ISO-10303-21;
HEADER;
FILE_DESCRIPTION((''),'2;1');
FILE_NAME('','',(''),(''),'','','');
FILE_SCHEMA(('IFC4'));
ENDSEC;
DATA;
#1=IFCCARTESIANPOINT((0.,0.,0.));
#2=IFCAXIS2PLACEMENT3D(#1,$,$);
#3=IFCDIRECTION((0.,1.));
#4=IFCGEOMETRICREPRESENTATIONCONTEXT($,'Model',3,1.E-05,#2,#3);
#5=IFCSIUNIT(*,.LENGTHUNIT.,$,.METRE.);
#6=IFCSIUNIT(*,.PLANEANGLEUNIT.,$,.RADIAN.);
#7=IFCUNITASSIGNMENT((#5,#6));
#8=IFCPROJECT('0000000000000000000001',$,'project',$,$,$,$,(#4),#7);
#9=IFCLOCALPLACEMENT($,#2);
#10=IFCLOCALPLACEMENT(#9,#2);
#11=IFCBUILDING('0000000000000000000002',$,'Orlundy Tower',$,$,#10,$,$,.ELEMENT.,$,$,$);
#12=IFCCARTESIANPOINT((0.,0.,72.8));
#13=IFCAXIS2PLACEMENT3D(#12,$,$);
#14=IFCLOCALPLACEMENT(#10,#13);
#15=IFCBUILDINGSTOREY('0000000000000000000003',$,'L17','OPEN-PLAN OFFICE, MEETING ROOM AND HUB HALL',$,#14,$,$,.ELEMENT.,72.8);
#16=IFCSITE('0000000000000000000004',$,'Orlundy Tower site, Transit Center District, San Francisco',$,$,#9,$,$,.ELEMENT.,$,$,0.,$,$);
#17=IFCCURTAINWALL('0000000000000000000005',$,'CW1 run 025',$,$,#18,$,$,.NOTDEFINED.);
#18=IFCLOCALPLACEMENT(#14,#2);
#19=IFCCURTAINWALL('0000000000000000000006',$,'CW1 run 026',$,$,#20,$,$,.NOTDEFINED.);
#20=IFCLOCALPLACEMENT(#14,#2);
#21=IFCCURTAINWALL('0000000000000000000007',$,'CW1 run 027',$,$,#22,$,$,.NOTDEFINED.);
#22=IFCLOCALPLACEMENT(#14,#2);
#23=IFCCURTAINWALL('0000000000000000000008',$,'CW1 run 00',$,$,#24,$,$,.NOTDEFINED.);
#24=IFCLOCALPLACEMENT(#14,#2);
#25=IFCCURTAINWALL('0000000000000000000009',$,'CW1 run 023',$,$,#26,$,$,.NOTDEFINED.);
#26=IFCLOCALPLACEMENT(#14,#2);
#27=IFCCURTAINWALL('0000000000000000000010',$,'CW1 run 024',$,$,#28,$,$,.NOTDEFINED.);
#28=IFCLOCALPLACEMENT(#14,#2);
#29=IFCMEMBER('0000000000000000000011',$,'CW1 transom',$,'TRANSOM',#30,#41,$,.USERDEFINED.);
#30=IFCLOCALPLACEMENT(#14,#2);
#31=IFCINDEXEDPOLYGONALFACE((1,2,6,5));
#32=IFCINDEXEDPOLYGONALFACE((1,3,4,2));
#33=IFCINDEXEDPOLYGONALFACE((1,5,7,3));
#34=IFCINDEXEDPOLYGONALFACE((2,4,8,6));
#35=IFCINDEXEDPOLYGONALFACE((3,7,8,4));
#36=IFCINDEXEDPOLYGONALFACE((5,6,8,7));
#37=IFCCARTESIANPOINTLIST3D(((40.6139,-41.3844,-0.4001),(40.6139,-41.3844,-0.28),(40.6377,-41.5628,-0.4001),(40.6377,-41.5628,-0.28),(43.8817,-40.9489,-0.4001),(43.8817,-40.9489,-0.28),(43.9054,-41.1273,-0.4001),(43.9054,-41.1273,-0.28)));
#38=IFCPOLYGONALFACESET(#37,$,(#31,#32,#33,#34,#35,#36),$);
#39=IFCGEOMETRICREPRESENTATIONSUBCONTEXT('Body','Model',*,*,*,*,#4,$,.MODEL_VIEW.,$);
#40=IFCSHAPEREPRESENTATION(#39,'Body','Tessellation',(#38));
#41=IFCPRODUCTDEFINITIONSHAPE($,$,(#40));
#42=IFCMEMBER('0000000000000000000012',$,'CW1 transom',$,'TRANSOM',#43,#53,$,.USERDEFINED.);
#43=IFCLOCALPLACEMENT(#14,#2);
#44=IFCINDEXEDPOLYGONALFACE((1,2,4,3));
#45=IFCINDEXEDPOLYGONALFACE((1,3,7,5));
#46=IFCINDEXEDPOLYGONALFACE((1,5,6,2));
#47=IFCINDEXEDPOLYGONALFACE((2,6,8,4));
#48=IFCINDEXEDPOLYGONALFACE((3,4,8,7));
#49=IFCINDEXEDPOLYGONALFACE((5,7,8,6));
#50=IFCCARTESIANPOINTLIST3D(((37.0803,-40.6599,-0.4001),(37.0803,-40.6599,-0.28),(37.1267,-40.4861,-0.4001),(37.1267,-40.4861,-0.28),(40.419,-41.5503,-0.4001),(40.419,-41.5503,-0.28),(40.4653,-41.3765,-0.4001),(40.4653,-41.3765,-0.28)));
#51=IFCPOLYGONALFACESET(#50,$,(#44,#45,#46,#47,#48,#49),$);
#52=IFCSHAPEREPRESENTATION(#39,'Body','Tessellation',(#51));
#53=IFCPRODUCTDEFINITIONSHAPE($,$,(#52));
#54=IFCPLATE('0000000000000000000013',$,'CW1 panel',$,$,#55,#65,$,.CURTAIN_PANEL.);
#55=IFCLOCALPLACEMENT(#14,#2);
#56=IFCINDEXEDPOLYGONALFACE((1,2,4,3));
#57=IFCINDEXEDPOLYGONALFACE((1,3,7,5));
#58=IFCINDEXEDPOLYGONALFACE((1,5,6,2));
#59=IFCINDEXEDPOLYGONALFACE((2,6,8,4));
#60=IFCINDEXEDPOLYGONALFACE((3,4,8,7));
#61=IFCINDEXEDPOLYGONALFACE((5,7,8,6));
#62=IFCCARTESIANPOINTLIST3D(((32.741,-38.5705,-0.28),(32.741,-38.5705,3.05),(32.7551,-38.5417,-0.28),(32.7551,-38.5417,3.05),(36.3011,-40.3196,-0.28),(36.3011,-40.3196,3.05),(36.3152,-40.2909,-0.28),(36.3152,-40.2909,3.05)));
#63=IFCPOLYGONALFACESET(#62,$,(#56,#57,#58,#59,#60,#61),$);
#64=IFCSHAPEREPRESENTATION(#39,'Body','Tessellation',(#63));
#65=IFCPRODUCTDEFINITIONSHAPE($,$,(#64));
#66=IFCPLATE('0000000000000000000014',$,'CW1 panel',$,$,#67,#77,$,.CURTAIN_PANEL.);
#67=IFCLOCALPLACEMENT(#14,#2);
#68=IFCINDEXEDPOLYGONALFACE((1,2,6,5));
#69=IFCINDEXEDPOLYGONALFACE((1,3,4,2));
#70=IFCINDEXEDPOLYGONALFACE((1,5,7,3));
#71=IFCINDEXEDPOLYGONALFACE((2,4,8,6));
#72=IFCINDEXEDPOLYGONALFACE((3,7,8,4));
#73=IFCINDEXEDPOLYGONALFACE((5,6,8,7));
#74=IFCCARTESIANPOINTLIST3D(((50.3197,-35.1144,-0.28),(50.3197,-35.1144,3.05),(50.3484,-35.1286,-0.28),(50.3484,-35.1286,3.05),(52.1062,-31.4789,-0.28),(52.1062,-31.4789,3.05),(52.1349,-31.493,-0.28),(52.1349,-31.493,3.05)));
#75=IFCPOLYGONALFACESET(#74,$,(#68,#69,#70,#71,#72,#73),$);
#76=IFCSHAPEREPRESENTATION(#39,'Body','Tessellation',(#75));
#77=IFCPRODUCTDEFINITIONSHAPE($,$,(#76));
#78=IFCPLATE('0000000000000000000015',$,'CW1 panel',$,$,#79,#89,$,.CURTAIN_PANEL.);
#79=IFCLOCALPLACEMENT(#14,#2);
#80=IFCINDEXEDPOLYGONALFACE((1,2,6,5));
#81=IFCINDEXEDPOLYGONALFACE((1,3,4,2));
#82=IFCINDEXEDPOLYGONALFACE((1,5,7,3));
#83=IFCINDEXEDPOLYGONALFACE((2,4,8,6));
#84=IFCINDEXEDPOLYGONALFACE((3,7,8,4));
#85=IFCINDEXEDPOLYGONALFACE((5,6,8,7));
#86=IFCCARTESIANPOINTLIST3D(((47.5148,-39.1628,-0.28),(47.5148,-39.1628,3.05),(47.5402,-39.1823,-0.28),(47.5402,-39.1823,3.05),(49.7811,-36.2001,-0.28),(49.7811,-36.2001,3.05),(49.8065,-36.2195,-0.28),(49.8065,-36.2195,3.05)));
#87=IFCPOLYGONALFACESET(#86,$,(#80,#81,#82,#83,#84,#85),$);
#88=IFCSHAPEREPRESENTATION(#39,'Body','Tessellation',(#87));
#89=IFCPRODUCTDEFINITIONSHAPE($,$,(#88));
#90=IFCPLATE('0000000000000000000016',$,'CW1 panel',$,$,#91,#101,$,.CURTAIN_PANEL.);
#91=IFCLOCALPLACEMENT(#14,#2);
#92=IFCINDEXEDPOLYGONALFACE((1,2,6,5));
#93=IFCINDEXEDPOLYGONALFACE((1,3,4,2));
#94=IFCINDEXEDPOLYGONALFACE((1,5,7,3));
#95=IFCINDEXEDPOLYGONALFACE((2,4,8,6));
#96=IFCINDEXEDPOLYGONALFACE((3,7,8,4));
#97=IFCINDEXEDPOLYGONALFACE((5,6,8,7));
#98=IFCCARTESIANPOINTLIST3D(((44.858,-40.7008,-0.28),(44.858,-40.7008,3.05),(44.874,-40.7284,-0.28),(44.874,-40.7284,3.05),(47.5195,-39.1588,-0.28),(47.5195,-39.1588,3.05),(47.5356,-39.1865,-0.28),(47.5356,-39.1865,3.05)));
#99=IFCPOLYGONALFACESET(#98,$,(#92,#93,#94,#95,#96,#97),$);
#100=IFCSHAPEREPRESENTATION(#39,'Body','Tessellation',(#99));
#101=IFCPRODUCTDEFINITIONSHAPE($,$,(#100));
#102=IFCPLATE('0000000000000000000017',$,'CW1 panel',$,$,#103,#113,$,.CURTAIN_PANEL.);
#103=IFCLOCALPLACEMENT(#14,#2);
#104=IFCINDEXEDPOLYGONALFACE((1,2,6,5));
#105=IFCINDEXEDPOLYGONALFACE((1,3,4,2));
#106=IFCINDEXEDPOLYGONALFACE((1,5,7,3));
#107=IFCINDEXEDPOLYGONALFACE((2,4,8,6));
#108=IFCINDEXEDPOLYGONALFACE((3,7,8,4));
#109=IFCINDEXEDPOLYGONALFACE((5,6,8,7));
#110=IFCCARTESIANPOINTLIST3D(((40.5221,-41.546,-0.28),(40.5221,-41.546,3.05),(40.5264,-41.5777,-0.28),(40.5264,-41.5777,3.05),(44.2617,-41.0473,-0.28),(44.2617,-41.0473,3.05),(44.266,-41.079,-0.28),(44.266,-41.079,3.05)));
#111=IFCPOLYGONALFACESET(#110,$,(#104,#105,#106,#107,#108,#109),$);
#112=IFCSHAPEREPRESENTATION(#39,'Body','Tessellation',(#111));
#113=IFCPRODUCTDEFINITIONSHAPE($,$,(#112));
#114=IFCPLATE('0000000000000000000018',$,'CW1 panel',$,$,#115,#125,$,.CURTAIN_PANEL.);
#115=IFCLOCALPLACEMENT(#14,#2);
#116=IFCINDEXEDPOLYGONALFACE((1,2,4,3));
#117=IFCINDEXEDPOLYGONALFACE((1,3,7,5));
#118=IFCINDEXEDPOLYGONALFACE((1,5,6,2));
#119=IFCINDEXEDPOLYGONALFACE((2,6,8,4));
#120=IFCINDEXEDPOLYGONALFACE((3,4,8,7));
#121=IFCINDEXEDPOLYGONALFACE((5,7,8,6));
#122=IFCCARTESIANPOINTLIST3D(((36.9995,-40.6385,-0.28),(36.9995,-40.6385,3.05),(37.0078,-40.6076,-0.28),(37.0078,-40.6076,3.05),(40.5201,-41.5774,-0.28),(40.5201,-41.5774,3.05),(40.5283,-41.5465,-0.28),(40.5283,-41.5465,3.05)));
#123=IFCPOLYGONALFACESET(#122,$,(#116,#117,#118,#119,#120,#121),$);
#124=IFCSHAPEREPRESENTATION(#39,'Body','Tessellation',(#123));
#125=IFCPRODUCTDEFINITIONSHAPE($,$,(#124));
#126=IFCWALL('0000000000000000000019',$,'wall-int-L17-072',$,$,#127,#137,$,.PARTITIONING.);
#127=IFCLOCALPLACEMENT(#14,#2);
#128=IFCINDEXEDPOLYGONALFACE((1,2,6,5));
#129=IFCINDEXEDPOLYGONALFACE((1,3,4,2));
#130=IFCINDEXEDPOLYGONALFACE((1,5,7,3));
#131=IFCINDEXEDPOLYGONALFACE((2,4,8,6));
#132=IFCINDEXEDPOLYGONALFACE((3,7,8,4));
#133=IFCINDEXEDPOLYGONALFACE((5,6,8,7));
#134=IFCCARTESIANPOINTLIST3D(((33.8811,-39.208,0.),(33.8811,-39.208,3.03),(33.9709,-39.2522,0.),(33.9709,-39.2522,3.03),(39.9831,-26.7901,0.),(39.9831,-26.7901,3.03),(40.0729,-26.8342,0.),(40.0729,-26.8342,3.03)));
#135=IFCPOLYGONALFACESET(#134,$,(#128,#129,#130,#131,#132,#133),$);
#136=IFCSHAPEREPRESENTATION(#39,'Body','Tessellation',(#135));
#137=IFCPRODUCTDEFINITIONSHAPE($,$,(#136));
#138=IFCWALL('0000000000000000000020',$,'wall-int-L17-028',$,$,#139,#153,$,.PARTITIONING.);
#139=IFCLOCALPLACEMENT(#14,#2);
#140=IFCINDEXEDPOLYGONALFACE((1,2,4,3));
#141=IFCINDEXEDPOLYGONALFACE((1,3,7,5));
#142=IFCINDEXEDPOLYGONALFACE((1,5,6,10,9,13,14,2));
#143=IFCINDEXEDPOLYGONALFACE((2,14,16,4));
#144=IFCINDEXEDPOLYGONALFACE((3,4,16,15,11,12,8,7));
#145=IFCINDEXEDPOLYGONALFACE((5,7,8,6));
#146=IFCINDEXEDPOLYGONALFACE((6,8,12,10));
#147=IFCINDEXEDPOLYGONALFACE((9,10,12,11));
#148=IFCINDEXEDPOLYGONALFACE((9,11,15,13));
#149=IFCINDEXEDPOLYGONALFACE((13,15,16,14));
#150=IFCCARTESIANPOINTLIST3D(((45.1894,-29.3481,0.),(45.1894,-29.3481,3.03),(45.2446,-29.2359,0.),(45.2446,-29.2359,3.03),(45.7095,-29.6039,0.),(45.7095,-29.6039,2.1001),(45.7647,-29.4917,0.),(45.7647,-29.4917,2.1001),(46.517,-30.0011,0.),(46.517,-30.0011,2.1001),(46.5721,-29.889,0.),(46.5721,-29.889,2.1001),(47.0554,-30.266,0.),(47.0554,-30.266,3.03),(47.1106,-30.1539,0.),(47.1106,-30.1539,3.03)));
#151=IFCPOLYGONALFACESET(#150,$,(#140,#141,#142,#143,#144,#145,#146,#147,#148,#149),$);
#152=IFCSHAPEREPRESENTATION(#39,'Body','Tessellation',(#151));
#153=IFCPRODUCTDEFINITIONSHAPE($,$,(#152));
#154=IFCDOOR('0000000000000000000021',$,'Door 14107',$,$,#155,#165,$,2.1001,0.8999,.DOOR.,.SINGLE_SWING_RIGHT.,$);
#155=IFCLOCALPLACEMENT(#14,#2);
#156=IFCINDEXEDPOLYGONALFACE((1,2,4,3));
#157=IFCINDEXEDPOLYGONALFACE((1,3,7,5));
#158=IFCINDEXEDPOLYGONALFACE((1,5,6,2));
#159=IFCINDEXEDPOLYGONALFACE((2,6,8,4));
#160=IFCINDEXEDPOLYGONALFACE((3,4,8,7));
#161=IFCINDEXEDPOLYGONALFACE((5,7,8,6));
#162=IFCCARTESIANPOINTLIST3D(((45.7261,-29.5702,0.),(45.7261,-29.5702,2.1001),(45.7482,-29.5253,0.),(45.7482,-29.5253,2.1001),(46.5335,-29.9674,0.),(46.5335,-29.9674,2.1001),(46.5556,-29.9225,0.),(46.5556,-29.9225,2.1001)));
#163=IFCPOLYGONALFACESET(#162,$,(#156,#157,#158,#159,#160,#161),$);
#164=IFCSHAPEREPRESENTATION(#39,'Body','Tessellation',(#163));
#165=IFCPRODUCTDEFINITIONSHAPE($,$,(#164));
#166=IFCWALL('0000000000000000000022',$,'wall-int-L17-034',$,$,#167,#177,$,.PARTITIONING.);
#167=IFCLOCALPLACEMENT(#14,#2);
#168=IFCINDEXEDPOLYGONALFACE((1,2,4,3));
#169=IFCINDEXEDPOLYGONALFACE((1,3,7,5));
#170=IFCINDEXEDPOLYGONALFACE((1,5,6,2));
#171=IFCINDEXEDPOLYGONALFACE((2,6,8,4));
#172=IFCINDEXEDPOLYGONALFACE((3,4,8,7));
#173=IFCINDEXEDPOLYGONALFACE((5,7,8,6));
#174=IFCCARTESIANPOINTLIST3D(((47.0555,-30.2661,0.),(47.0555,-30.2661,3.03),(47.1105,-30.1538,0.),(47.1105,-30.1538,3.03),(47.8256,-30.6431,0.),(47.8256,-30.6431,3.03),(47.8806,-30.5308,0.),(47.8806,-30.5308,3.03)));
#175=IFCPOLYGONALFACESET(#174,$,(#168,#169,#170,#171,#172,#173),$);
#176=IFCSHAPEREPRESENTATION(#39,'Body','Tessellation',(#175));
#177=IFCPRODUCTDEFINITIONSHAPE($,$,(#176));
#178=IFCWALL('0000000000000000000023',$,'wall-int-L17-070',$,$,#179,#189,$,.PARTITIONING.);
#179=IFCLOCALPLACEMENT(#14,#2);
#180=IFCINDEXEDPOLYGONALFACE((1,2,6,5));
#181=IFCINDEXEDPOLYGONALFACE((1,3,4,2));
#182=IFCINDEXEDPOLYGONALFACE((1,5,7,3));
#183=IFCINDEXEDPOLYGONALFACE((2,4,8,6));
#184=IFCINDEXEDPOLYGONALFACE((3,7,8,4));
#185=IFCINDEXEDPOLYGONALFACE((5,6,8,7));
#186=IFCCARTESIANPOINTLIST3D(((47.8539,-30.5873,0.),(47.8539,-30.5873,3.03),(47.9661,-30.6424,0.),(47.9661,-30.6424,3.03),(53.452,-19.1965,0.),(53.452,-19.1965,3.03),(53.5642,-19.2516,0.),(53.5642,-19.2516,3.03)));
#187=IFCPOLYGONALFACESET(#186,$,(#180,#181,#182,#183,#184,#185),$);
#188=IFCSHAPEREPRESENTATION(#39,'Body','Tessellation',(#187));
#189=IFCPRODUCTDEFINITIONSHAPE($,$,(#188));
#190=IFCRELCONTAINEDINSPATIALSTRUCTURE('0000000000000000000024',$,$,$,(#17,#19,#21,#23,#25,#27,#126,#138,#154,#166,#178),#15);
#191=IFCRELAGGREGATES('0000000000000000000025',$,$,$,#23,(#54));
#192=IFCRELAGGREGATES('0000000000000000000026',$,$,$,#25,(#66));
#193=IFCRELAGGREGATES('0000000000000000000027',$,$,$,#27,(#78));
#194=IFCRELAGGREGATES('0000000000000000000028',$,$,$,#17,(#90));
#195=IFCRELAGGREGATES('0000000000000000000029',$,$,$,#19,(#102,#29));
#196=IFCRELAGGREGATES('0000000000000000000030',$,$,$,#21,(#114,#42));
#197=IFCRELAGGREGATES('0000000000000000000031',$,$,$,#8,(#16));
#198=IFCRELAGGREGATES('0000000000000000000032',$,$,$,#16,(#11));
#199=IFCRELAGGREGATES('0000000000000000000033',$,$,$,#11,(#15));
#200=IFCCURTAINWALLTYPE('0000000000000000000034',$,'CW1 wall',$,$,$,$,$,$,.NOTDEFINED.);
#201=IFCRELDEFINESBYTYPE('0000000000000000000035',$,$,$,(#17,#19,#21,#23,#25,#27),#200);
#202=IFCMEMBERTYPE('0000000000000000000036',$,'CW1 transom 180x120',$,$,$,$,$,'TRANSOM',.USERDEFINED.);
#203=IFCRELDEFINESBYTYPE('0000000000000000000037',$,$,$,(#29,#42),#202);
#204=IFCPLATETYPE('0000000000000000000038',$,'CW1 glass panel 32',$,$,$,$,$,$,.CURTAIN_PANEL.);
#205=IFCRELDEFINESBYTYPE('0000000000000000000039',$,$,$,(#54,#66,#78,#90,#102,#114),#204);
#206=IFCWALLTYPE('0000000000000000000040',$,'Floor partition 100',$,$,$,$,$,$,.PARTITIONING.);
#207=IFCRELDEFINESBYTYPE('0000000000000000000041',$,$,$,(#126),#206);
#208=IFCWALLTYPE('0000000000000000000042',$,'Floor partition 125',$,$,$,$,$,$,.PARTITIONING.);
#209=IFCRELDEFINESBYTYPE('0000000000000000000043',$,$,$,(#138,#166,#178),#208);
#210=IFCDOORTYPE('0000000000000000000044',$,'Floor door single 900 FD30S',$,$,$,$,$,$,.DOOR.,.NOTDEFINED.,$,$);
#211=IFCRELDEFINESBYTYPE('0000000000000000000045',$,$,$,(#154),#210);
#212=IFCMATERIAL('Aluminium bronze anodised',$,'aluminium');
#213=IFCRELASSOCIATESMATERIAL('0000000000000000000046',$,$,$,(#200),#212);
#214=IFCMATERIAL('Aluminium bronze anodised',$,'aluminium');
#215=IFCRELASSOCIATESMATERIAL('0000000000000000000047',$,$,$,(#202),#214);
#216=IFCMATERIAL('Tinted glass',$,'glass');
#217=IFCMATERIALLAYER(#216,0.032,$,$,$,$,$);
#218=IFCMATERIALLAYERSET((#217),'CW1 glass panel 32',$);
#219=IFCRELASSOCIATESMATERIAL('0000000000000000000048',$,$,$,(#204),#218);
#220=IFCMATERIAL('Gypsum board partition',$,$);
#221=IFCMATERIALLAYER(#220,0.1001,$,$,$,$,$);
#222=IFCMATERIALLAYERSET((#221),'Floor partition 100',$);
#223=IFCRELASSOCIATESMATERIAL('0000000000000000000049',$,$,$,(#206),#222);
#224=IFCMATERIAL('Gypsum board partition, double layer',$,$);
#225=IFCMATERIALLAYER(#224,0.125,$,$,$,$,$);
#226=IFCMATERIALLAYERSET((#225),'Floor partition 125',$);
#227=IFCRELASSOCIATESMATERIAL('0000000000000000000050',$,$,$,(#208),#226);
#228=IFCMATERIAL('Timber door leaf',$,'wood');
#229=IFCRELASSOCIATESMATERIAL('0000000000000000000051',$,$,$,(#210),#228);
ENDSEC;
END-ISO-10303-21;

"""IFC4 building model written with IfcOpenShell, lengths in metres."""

from ifc_helpers import new_model, si_unit, direction, frame, frame_2d, origin, origin_2d, place, context, subcontext, project, spatial, rectangle, extrude, material, layer, layer_set, material_profile, profile_set, type_object, element, fill, aggregate, save


model = new_model("IFC4")

# Units and contexts
model_context = context("Model", 3, precision=1e-05, world=origin(), true_north=direction((0.0, 1.0)))
body_context = subcontext(model_context, "Body", "Model", "MODEL_VIEW")
ifc_project = project(units=[si_unit("LENGTHUNIT", "METRE"), si_unit("PLANEANGLEUNIT", "RADIAN")], contexts=[model_context])

# Site, building, storey
site_placement = place(None, origin())
site = spatial("IfcSite", under=ifc_project, at=site_placement, Name="Orlundy Tower site, Transit Center District, San Francisco", CompositionType="ELEMENT", RefElevation=0.0)
building_placement = place(site_placement, origin())
building = spatial("IfcBuilding", under=site, at=building_placement, Name="Orlundy Tower", CompositionType="ELEMENT")
storey_placement = place(building_placement, frame((0.0, 0.0, 72.8)))
storey = spatial("IfcBuildingStorey", under=building, at=storey_placement, Name="L17", Description="OPEN-PLAN OFFICE, MEETING ROOM AND HUB HALL", CompositionType="ELEMENT", Elevation=72.8)

# Curtain walls
ifc_material_1 = material(Name="Aluminium bronze anodised", Category="aluminium")
curtain_wall_type = type_object("IfcCurtainWallType", Name="CW1 wall", PredefinedType="NOTDEFINED", material=ifc_material_1)
curtain_wall_1_placement = place(storey_placement, origin())
curtain_wall_1 = element("IfcCurtainWall", 1, at=curtain_wall_1_placement, inside=storey, type_object=curtain_wall_type, Name="CW1 run 025", PredefinedType="NOTDEFINED")
curtain_wall_2_placement = place(storey_placement, origin())
curtain_wall_2 = element("IfcCurtainWall", 2, at=curtain_wall_2_placement, inside=storey, type_object=curtain_wall_type, Name="CW1 run 026", PredefinedType="NOTDEFINED")
curtain_wall_3_placement = place(storey_placement, origin())
curtain_wall_3 = element("IfcCurtainWall", 3, at=curtain_wall_3_placement, inside=storey, type_object=curtain_wall_type, Name="CW1 run 027", PredefinedType="NOTDEFINED")

# Curtain wall
curtain_wall_4_placement = place(storey_placement, origin())
curtain_wall_4 = element("IfcCurtainWall", 4, at=curtain_wall_4_placement, inside=storey, type_object=curtain_wall_type, Name="CW1 run 00", PredefinedType="NOTDEFINED")

# Curtain walls
curtain_wall_5_placement = place(storey_placement, origin())
curtain_wall_5 = element("IfcCurtainWall", 5, at=curtain_wall_5_placement, inside=storey, type_object=curtain_wall_type, Name="CW1 run 023", PredefinedType="NOTDEFINED")
curtain_wall_6_placement = place(storey_placement, origin())
curtain_wall_6 = element("IfcCurtainWall", 6, at=curtain_wall_6_placement, inside=storey, type_object=curtain_wall_type, Name="CW1 run 024", PredefinedType="NOTDEFINED")

# Members
ifc_material_2 = material(Name="Aluminium bronze anodised", Category="aluminium")
ifc_material_profile_1 = material_profile(ifc_material_2, rectangle(XDim=0.1799, YDim=0.1201, at=origin_2d()), Name="CW1 transom 180x120")
ifc_profile_set_1 = profile_set([ifc_material_profile_1], Name="Aluminium bronze anodised")
member_type_1 = type_object("IfcMemberType", Name="CW1 transom 180x120", ElementType="TRANSOM", PredefinedType="USERDEFINED", material=ifc_profile_set_1)
member_1_placement = place(storey_placement, frame((43.8936, -41.0381, -0.3401), z_axis=(-0.991234, -0.132115, 0.0), x_axis=(0.132115, -0.991234, 0.0)))
member_1 = element("IfcMember", 7, at=member_1_placement, type_object=member_type_1, Name="CW1 transom", ObjectType="TRANSOM", PredefinedType="USERDEFINED", context=body_context, shape_type="SweptSolid", body=[
    extrude(rectangle(XDim=0.1799, YDim=0.1201, at=origin_2d()), origin(), (0.0, 0.0, 1.0), 3.2966),
])
member_2_placement = place(storey_placement, frame((40.4421, -41.4634, -0.3401), z_axis=(-0.966229, 0.257685, 0.0), x_axis=(-0.257685, -0.966229, 0.0)))
member_2 = element("IfcMember", 8, at=member_2_placement, type_object=member_type_1, Name="CW1 transom", ObjectType="TRANSOM", PredefinedType="USERDEFINED", context=body_context, shape_type="SweptSolid", body=[
    extrude(rectangle(XDim=0.1799, YDim=0.1201, at=origin_2d()), origin(), (0.0, 0.0, 1.0), 3.4553),
])

# Plates
ifc_material_3 = material(Name="Tinted glass", Category="glass")
ifc_layer_1 = layer(ifc_material_3, 0.032)
ifc_layer_set_1 = layer_set([ifc_layer_1], Name="CW1 glass panel 32")
plate_type = type_object("IfcPlateType", Name="CW1 glass panel 32", PredefinedType="CURTAIN_PANEL", material=ifc_layer_set_1)
plate_1_placement = place(storey_placement, frame((34.5281, -39.4307, -0.28), z_axis=(0.0, 0.0, 1.0), x_axis=(-0.897522, 0.440969, 0.0)))
plate_1 = element("IfcPlate", 9, at=plate_1_placement, type_object=plate_type, Name="CW1 panel", PredefinedType="CURTAIN_PANEL", context=body_context, shape_type="SweptSolid", body=[
    extrude(rectangle(XDim=3.9666, YDim=0.032, at=origin_2d()), origin(), (0.0, 0.0, 1.0), 3.3301),
])
aggregate(curtain_wall_4, [plate_1])
plate_2_placement = place(storey_placement, frame((51.2273, -33.3037, -0.28), z_axis=(0.0, 0.0, 1.0), x_axis=(-0.441012, -0.897501, 0.0)))
plate_2 = element("IfcPlate", 10, at=plate_2_placement, type_object=plate_type, Name="CW1 panel", PredefinedType="CURTAIN_PANEL", context=body_context, shape_type="SweptSolid", body=[
    extrude(rectangle(XDim=4.0508, YDim=0.032, at=origin_2d()), origin(), (0.0, 0.0, 1.0), 3.3301),
])
aggregate(curtain_wall_5, [plate_2])
plate_3_placement = place(storey_placement, frame((48.6606, -37.6912, -0.28), z_axis=(0.0, 0.0, 1.0), x_axis=(-0.60757, -0.794266, 0.0)))
plate_3 = element("IfcPlate", 11, at=plate_3_placement, type_object=plate_type, Name="CW1 panel", PredefinedType="CURTAIN_PANEL", context=body_context, shape_type="SweptSolid", body=[
    extrude(rectangle(XDim=3.7302, YDim=0.032, at=origin_2d()), origin(), (0.0, 0.0, 1.0), 3.3301),
])
aggregate(curtain_wall_6, [plate_3])
plate_4_placement = place(storey_placement, frame((46.1968, -39.9436, -0.28), z_axis=(0.0, 0.0, 1.0), x_axis=(-0.865272, -0.501302, 0.0)))
plate_4 = element("IfcPlate", 12, at=plate_4_placement, type_object=plate_type, Name="CW1 panel", PredefinedType="CURTAIN_PANEL", context=body_context, shape_type="SweptSolid", body=[
    extrude(rectangle(XDim=3.0759, YDim=0.032, at=origin_2d()), origin(), (0.0, 0.0, 1.0), 3.3301),
])
aggregate(curtain_wall_1, [plate_4])
plate_5_placement = place(storey_placement, frame((42.394, -41.3125, -0.28), z_axis=(0.0, 0.0, 1.0), x_axis=(-0.991228, -0.132164, 0.0)))
plate_5 = element("IfcPlate", 13, at=plate_5_placement, type_object=plate_type, Name="CW1 panel", PredefinedType="CURTAIN_PANEL", context=body_context, shape_type="SweptSolid", body=[
    extrude(rectangle(XDim=3.7727, YDim=0.032, at=origin_2d()), origin(), (0.0, 0.0, 1.0), 3.3301),
])
aggregate(curtain_wall_2, [plate_5, member_1])
plate_6_placement = place(storey_placement, frame((38.7639, -41.0925, -0.28), z_axis=(0.0, 0.0, 1.0), x_axis=(-0.96623, 0.257679, 0.0)))
plate_6 = element("IfcPlate", 14, at=plate_6_placement, type_object=plate_type, Name="CW1 panel", PredefinedType="CURTAIN_PANEL", context=body_context, shape_type="SweptSolid", body=[
    extrude(rectangle(XDim=3.6436, YDim=0.032, at=origin_2d()), origin(), (0.0, 0.0, 1.0), 3.3301),
])
aggregate(curtain_wall_3, [plate_6, member_2])

# Wall
ifc_material_4 = material(Name="Gypsum board partition")
ifc_layer_2 = layer(ifc_material_4, 0.1001)
ifc_layer_set_2 = layer_set([ifc_layer_2], Name="Floor partition 100")
wall_type_1 = type_object("IfcWallType", Name="Floor partition 100", PredefinedType="PARTITIONING", material=ifc_layer_set_2)
wall_1_placement = place(storey_placement, frame((33.926, -39.23, 0.0), z_axis=(0.0, 0.0, 1.0), x_axis=(0.44102, 0.897497, 0.0)))
element("IfcWall", 15, at=wall_1_placement, inside=storey, type_object=wall_type_1, Name="wall-int-L17-072", PredefinedType="PARTITIONING", context=body_context, shape_type="SweptSolid", body=[
    extrude(rectangle(XDim=13.8362, YDim=0.1001, at=frame_2d((6.918, 0.0))), origin(), (0.0, 0.0, 1.0), 3.03),
])

# Wall, opening, door
ifc_material_5 = material(Name="Gypsum board partition, double layer")
ifc_layer_3 = layer(ifc_material_5, 0.125)
ifc_layer_set_3 = layer_set([ifc_layer_3], Name="Floor partition 125")
wall_type_2 = type_object("IfcWallType", Name="Floor partition 125", PredefinedType="PARTITIONING", material=ifc_layer_set_3)
wall_2_placement = place(storey_placement, frame((47.083, -30.21, 0.0), z_axis=(0.0, 0.0, 1.0), x_axis=(-0.897297, 0.441428, 0.0)))
wall_2 = element("IfcWall", 16, at=wall_2_placement, inside=storey, type_object=wall_type_2, Name="wall-int-L17-028", PredefinedType="PARTITIONING", context=body_context, shape_type="SweptSolid", body=[
    extrude(rectangle(XDim=2.0796, YDim=0.125, at=frame_2d((1.0398, 0.0))), origin(), (0.0, 0.0, 1.0), 3.03),
])
opening_placement = place(wall_2_placement, frame((0.6001, 0.0, 0.0)))
opening = element("IfcOpeningElement", 17, at=opening_placement, cuts=wall_2, PredefinedType="OPENING", context=body_context, shape_type="SweptSolid", body=[
    extrude(rectangle(XDim=0.8999, YDim=2.1001, at=frame_2d((0.45, 1.05))), frame((0.0, 0.0725, 0.0), z_axis=(0.0, -1.0, 0.0), x_axis=(1.0, 0.0, 0.0)), (0.0, 0.0, 1.0), 0.145),
])
ifc_material_6 = material(Name="Timber door leaf", Category="wood")
door_type = type_object("IfcDoorType", Name="Floor door single 900 FD30S", OperationType="NOTDEFINED", PredefinedType="DOOR", material=ifc_material_6)
door_placement = place(opening_placement, origin())
door = element("IfcDoor", 18, at=door_placement, inside=storey, type_object=door_type, Name="Door 14107", OperationType="SINGLE_SWING_RIGHT", OverallHeight=2.1001, OverallWidth=0.8999, PredefinedType="DOOR", context=body_context, shape_type="SweptSolid", body=[
    extrude(rectangle(XDim=0.8999, YDim=2.1001, at=frame_2d((0.45, 1.05))), frame((0.0, 0.0249, 0.0), z_axis=(0.0, -1.0, 0.0), x_axis=(1.0, 0.0, 0.0)), (0.0, 0.0, 1.0), 0.05),
])
fill(opening, door)

# Walls
wall_3_placement = place(storey_placement, frame((47.083, -30.21, 0.0), z_axis=(0.0, 0.0, 1.0), x_axis=(0.898155, -0.43968, 0.0)))
element("IfcWall", 19, at=wall_3_placement, inside=storey, type_object=wall_type_2, Name="wall-int-L17-034", PredefinedType="PARTITIONING", context=body_context, shape_type="SweptSolid", body=[
    extrude(rectangle(XDim=0.8574, YDim=0.125, at=frame_2d((0.4287, 0.0))), origin(), (0.0, 0.0, 1.0), 3.03),
])
wall_4_placement = place(storey_placement, frame((47.9099, -30.615, 0.0), z_axis=(0.0, 0.0, 1.0), x_axis=(0.441071, 0.897472, 0.0)))
element("IfcWall", 20, at=wall_4_placement, inside=storey, type_object=wall_type_2, Name="wall-int-L17-070", PredefinedType="PARTITIONING", context=body_context, shape_type="SweptSolid", body=[
    extrude(rectangle(XDim=12.6921, YDim=0.125, at=frame_2d((6.3462, 0.0))), origin(), (0.0, 0.0, 1.0), 3.03),
])

save(model, "model.ifc")
